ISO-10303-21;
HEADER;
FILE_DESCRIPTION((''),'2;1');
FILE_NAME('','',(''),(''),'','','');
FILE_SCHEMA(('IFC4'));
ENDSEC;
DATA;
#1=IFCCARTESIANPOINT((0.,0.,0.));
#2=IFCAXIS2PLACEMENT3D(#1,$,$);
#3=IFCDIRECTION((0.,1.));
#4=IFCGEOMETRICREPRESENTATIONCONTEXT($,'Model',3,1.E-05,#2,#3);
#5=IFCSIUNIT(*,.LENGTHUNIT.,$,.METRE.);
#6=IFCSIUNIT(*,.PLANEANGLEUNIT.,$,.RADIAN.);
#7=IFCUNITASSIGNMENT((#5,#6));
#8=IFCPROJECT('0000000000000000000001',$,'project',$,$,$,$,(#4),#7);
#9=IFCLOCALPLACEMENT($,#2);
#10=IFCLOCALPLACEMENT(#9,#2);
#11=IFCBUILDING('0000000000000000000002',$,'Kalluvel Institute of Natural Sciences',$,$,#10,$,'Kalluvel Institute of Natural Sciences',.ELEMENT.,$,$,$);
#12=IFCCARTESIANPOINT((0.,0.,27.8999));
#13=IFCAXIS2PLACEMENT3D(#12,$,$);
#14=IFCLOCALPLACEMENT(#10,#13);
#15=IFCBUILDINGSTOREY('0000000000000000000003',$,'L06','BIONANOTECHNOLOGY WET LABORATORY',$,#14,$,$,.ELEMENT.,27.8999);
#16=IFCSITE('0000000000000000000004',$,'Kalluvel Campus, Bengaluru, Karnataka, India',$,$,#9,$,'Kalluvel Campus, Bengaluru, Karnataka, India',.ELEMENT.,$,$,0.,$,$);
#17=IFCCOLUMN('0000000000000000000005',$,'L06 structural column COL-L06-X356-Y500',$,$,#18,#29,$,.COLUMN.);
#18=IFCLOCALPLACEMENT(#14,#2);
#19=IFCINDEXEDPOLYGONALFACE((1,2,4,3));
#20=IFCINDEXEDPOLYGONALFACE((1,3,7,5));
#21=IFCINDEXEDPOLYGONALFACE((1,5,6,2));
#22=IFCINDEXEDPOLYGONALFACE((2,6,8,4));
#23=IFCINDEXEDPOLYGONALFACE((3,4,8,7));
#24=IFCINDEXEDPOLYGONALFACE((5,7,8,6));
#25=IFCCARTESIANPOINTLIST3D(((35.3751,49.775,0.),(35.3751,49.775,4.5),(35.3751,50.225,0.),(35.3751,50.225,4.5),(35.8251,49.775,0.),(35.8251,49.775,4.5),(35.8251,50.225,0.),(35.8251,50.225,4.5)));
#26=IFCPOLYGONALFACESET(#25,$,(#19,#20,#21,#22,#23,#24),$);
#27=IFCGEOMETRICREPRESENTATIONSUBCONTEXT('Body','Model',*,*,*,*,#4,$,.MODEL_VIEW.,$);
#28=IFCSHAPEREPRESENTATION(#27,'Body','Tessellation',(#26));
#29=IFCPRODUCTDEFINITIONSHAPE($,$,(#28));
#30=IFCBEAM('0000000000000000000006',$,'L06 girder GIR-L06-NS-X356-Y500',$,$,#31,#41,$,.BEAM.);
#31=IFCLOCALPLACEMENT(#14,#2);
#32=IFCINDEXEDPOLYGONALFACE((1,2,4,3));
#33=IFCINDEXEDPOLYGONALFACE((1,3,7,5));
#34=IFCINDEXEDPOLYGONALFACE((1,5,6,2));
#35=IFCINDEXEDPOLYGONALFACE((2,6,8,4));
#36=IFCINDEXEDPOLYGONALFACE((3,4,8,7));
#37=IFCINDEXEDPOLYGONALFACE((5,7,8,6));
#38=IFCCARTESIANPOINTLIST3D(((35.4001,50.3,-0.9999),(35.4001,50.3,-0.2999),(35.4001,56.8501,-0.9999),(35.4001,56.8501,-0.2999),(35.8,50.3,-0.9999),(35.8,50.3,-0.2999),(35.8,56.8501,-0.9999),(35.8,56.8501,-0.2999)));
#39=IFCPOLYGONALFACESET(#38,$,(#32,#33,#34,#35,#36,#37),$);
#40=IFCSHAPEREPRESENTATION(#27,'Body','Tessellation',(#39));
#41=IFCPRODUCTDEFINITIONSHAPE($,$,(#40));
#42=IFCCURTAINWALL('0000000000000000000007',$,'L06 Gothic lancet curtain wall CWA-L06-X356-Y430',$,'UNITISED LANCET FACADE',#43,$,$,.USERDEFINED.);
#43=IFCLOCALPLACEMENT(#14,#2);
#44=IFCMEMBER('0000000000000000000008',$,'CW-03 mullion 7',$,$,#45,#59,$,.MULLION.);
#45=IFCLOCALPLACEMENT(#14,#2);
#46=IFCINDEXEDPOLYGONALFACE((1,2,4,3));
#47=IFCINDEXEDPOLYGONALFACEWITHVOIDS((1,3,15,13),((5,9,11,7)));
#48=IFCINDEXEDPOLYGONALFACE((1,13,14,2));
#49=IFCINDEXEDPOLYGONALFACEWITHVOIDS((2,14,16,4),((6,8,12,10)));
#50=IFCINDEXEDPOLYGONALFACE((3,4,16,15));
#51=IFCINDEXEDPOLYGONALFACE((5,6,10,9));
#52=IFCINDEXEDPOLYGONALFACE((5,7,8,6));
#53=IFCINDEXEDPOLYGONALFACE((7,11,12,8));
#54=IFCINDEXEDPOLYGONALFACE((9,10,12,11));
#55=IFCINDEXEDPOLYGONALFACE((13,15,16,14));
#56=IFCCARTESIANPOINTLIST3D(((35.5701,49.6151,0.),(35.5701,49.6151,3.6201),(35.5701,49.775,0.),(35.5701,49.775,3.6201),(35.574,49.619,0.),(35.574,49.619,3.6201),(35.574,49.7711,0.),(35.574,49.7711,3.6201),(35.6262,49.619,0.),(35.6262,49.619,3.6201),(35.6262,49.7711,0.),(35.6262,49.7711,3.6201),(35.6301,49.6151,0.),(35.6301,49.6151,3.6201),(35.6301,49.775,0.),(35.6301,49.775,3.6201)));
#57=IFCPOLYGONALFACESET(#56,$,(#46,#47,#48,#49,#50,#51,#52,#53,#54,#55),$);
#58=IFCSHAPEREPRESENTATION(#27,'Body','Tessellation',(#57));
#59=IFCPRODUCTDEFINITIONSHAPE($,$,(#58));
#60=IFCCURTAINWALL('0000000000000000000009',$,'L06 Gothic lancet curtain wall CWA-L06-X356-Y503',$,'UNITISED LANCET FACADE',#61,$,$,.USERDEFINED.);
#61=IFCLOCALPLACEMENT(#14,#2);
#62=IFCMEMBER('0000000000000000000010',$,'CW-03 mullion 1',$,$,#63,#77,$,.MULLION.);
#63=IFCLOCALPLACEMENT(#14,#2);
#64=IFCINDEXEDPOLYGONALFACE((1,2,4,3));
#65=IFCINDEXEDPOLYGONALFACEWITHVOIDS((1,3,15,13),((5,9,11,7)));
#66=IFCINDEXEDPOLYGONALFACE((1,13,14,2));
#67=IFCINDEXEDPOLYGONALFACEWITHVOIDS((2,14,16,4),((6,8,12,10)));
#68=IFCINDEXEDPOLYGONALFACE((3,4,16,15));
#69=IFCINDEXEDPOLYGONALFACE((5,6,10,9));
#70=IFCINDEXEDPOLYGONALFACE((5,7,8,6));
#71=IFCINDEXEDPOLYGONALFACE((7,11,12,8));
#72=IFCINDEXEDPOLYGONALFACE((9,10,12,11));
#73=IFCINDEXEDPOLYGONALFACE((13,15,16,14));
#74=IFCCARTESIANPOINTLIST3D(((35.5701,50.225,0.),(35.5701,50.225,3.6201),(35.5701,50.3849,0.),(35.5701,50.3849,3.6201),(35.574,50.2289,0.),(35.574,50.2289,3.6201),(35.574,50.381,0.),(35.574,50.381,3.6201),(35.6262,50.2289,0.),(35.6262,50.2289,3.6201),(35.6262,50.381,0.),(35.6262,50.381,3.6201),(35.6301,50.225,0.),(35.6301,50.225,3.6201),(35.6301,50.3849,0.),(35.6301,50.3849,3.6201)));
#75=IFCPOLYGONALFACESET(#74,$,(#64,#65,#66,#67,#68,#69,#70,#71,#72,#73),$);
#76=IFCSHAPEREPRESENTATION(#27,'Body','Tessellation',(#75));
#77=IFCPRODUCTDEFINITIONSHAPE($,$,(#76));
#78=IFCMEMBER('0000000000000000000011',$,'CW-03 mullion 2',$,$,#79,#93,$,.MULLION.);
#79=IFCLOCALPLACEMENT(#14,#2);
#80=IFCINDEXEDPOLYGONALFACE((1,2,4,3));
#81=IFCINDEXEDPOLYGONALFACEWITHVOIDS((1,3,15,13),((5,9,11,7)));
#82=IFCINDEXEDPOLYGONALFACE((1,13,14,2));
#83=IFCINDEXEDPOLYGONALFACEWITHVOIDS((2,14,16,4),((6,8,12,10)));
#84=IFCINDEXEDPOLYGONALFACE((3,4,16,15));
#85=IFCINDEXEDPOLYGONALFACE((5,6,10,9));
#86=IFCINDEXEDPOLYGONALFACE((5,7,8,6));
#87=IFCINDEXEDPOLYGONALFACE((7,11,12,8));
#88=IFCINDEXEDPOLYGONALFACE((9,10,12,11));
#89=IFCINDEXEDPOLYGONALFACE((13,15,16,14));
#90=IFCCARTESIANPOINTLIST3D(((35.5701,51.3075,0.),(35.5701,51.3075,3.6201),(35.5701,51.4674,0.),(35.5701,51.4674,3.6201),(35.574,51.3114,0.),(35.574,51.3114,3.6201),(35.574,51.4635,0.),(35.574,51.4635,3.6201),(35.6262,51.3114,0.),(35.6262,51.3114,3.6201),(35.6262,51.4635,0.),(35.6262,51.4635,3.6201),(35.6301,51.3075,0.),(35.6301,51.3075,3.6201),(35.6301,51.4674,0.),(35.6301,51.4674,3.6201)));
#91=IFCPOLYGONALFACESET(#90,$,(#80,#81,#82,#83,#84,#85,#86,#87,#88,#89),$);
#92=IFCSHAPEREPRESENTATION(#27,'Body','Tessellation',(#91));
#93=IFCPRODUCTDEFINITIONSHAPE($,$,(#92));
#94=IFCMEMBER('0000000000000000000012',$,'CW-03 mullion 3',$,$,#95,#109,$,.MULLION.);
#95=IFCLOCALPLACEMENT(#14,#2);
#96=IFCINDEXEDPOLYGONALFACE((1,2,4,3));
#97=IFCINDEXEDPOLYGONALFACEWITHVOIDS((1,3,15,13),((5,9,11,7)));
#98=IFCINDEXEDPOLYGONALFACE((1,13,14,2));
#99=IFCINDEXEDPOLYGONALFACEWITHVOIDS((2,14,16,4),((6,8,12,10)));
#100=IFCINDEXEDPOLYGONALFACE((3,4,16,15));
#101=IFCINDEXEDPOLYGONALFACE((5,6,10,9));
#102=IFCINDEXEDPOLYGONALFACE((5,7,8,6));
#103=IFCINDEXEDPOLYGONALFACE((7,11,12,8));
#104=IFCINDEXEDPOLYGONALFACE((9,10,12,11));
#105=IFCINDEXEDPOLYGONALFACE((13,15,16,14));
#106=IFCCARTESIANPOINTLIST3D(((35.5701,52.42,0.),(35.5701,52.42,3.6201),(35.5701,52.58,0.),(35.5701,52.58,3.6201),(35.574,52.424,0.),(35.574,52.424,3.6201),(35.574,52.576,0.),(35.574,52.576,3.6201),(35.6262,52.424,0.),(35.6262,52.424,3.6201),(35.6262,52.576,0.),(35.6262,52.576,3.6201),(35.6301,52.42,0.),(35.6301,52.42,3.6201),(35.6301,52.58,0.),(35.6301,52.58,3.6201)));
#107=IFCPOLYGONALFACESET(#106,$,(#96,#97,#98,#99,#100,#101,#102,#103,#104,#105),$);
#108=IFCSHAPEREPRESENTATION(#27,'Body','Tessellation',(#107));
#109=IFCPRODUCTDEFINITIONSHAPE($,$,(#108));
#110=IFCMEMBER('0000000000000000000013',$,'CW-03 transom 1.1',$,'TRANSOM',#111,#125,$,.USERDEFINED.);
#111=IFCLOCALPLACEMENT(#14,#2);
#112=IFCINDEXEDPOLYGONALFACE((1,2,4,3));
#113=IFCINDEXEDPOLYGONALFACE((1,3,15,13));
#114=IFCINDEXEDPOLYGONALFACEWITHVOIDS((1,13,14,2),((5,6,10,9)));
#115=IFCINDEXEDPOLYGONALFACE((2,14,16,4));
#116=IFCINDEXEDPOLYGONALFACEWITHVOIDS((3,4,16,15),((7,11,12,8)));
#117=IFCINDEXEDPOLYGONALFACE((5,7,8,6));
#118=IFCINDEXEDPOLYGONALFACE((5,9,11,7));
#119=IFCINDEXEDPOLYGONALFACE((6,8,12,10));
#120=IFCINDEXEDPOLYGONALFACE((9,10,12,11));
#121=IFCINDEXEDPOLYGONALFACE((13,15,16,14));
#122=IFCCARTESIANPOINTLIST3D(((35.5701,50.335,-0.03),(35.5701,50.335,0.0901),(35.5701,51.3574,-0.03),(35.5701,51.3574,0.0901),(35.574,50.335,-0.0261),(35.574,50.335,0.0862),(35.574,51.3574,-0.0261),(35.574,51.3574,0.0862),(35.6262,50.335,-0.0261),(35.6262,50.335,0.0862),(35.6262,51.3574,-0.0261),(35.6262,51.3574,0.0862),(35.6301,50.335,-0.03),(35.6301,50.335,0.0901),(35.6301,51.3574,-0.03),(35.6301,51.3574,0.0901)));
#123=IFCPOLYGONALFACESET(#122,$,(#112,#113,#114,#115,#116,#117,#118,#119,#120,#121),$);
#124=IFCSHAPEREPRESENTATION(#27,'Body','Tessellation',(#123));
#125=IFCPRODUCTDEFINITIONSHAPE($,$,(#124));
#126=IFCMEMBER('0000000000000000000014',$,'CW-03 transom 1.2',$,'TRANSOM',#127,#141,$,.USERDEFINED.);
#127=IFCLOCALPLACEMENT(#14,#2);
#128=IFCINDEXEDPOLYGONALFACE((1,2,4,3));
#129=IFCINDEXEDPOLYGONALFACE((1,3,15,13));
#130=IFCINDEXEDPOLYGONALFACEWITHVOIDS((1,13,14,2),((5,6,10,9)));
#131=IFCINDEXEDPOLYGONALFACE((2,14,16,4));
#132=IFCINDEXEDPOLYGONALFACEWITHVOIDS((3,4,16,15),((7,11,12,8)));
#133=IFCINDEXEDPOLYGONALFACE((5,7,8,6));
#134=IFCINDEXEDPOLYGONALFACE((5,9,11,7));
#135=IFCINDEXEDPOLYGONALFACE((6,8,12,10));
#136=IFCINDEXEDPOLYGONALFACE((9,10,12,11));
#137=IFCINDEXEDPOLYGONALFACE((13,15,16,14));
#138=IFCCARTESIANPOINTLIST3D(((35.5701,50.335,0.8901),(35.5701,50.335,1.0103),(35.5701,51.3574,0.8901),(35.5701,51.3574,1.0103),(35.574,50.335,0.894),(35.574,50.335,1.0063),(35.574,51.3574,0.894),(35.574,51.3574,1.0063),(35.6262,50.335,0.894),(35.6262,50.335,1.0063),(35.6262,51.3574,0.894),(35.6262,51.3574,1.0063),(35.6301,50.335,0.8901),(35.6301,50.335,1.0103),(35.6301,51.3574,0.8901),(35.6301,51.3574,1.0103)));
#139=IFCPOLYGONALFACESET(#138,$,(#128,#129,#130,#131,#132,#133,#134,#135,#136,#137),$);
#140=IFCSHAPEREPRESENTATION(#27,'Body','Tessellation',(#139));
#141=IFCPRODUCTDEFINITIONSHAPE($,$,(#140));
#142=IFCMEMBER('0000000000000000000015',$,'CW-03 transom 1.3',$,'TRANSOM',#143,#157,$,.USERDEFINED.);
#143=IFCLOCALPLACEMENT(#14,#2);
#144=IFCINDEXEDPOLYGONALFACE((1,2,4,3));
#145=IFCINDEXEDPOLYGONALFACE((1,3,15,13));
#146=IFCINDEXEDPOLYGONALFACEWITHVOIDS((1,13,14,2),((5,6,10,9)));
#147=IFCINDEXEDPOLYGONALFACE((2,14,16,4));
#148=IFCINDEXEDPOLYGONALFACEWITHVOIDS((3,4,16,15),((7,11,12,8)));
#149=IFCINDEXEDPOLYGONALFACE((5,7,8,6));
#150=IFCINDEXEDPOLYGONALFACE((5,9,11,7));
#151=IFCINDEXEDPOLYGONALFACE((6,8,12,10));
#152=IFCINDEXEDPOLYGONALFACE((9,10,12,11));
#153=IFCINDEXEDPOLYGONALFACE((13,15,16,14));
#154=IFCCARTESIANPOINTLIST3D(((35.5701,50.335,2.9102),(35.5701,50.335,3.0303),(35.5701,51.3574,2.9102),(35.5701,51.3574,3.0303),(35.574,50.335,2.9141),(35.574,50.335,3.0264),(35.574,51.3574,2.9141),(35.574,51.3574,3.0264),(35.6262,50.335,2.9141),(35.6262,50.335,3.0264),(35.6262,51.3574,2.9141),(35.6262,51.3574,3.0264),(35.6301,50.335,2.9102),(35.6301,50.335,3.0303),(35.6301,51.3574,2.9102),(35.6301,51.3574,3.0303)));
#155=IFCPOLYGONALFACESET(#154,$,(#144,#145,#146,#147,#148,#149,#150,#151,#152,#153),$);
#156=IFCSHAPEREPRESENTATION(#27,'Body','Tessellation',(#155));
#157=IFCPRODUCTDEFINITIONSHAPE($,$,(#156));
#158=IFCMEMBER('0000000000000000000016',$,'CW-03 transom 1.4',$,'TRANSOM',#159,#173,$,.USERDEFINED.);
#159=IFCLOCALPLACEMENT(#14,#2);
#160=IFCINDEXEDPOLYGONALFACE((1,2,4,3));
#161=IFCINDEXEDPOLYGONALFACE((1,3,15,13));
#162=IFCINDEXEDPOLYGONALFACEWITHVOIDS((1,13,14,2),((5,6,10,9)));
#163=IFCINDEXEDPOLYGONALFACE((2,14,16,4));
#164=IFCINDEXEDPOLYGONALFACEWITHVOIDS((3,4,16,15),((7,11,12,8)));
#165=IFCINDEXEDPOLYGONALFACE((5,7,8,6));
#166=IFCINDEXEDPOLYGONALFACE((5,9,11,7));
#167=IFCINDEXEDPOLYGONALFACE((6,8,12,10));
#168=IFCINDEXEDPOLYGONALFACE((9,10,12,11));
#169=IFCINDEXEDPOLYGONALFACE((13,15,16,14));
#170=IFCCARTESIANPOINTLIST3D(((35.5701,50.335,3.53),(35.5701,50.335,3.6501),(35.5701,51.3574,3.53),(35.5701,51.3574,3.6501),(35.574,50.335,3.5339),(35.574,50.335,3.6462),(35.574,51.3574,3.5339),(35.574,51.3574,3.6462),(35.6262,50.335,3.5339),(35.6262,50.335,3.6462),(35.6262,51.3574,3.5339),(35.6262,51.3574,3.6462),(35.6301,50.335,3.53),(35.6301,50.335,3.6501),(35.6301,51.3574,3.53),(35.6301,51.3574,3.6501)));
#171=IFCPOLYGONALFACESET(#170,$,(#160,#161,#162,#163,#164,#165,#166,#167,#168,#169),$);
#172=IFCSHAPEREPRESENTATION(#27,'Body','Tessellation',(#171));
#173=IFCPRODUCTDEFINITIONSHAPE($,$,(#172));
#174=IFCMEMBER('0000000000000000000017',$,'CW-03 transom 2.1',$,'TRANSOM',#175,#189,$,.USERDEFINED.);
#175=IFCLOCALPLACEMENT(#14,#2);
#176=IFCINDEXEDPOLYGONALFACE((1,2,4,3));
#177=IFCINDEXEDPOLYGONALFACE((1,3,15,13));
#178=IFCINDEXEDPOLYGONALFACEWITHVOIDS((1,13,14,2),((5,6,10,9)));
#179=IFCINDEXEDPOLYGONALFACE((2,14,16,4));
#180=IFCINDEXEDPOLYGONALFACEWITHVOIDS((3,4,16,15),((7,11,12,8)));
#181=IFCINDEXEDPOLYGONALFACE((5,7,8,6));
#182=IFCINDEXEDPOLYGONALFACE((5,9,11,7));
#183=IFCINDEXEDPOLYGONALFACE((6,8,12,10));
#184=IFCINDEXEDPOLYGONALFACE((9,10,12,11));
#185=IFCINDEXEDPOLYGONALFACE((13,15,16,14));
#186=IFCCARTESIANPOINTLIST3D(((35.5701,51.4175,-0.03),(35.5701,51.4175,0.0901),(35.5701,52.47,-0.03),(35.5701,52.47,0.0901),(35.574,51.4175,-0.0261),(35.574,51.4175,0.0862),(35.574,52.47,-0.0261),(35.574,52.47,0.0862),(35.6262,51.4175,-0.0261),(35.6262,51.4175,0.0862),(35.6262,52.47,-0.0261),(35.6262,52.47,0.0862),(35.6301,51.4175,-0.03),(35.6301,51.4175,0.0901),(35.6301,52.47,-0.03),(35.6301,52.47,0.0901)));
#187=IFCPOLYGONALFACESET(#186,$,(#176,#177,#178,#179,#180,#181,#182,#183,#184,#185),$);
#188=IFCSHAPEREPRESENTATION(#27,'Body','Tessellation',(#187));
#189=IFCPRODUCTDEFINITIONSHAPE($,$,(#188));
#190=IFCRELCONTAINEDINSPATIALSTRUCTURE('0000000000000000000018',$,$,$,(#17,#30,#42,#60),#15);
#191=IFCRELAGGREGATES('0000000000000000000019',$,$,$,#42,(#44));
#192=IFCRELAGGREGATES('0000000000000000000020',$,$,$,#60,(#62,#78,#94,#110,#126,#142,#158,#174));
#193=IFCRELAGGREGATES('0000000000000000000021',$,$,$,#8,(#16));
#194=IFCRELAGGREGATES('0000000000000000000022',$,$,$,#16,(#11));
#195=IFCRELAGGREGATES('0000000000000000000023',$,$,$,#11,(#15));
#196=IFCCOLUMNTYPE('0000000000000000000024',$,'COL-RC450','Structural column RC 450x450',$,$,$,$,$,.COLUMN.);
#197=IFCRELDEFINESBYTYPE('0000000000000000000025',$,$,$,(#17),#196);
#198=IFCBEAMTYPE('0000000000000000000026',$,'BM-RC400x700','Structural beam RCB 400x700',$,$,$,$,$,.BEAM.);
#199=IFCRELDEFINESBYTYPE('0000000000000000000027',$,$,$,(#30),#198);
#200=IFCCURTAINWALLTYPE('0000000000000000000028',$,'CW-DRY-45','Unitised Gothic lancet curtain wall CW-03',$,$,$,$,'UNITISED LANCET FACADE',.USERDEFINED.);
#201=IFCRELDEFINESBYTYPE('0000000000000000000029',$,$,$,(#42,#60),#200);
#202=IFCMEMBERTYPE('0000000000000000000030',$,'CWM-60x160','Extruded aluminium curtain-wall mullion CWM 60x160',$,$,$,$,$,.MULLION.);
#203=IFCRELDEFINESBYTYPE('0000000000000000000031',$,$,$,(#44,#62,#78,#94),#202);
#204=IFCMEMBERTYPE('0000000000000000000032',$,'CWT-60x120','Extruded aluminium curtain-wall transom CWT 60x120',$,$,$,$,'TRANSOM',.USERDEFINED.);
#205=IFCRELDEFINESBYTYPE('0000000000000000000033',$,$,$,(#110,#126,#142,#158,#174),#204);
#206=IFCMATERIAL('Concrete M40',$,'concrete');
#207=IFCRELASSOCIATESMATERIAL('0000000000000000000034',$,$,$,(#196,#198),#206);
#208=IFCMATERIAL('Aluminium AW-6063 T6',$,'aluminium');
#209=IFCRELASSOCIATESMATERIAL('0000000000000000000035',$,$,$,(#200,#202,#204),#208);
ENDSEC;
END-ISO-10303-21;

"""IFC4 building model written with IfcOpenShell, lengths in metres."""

from ifc_helpers import new_model, si_unit, direction, frame, origin, origin_2d, place, context, subcontext, project, spatial, rectangle, hollow_rectangle, extrude, material, material_profile, profile_set, type_object, element, aggregate, save


model = new_model("IFC4")

# Units and contexts
model_context = context("Model", 3, precision=1e-05, world=origin(), true_north=direction((0.0, 1.0)))
body_context = subcontext(model_context, "Body", "Model", "MODEL_VIEW")
ifc_project = project(units=[si_unit("LENGTHUNIT", "METRE"), si_unit("PLANEANGLEUNIT", "RADIAN")], contexts=[model_context])

# Site, building, storey
site_placement = place(None, origin())
site = spatial("IfcSite", under=ifc_project, at=site_placement, Name="Kalluvel Campus, Bengaluru, Karnataka, India", LongName="Kalluvel Campus, Bengaluru, Karnataka, India", CompositionType="ELEMENT", RefElevation=0.0)
building_placement = place(site_placement, origin())
building = spatial("IfcBuilding", under=site, at=building_placement, Name="Kalluvel Institute of Natural Sciences", LongName="Kalluvel Institute of Natural Sciences", CompositionType="ELEMENT")
storey_placement = place(building_placement, frame((0.0, 0.0, 27.8999)))
storey = spatial("IfcBuildingStorey", under=building, at=storey_placement, Name="L06", Description="BIONANOTECHNOLOGY WET LABORATORY", CompositionType="ELEMENT", Elevation=27.8999)

# Column
ifc_material_1 = material(Name="Concrete M40", Category="concrete")
ifc_material_profile_1 = material_profile(ifc_material_1, rectangle(XDim=0.45, YDim=0.45, at=origin_2d()), Name="RC 450x450")
ifc_profile_set_1 = profile_set([ifc_material_profile_1], Name="Concrete M40")
column_type = type_object("IfcColumnType", Name="COL-RC450", Description="Structural column RC 450x450", PredefinedType="COLUMN", material=ifc_profile_set_1)
column_placement = place(storey_placement, frame((35.6001, 50.0, 0.0), z_axis=(0.0, 0.0, 1.0), x_axis=(1.0, 0.0, 0.0)))
element("IfcColumn", 1, at=column_placement, inside=storey, type_object=column_type, Name="L06 structural column COL-L06-X356-Y500", PredefinedType="COLUMN", context=body_context, shape_type="SweptSolid", body=[
    extrude(rectangle(XDim=0.45, YDim=0.45, at=origin_2d()), origin(), (0.0, 0.0, 1.0), 4.5),
])

# Beam
ifc_material_profile_2 = material_profile(ifc_material_1, rectangle(XDim=0.3999, YDim=0.7, at=origin_2d()), Name="RCB 400x700")
ifc_profile_set_2 = profile_set([ifc_material_profile_2], Name="Concrete M40")
beam_type = type_object("IfcBeamType", Name="BM-RC400x700", Description="Structural beam RCB 400x700", PredefinedType="BEAM", material=ifc_profile_set_2)
beam_placement = place(storey_placement, frame((35.6001, 50.3, -0.6499), z_axis=(0.0, 1.0, 0.0), x_axis=(-1.0, 0.0, 0.0)))
element("IfcBeam", 2, at=beam_placement, inside=storey, type_object=beam_type, Name="L06 girder GIR-L06-NS-X356-Y500", PredefinedType="BEAM", context=body_context, shape_type="SweptSolid", body=[
    extrude(rectangle(XDim=0.3999, YDim=0.7, at=origin_2d()), origin(), (0.0, 0.0, 1.0), 6.55),
])

# Curtain wall, member
ifc_material_2 = material(Name="Aluminium AW-6063 T6", Category="aluminium")
curtain_wall_type = type_object("IfcCurtainWallType", Name="CW-DRY-45", Description="Unitised Gothic lancet curtain wall CW-03", ElementType="UNITISED LANCET FACADE", PredefinedType="USERDEFINED", material=ifc_material_2)
curtain_wall_1_placement = place(storey_placement, origin())
curtain_wall_1 = element("IfcCurtainWall", 3, at=curtain_wall_1_placement, inside=storey, type_object=curtain_wall_type, Name="L06 Gothic lancet curtain wall CWA-L06-X356-Y430", ObjectType="UNITISED LANCET FACADE", PredefinedType="USERDEFINED")
ifc_material_profile_3 = material_profile(ifc_material_2, hollow_rectangle(XDim=0.0601, YDim=0.1599, WallThickness=0.0039, at=origin_2d()), Name="CWM 60x160")
ifc_profile_set_3 = profile_set([ifc_material_profile_3], Name="Aluminium AW-6063 T6")
member_type_1 = type_object("IfcMemberType", Name="CWM-60x160", Description="Extruded aluminium curtain-wall mullion CWM 60x160", PredefinedType="MULLION", material=ifc_profile_set_3)
member_1_placement = place(storey_placement, frame((35.6001, 49.6951, 0.0), z_axis=(0.0, 0.0, 1.0), x_axis=(-1.0, 0.0, 0.0)))
member_1 = element("IfcMember", 4, at=member_1_placement, type_object=member_type_1, Name="CW-03 mullion 7", PredefinedType="MULLION", context=body_context, shape_type="SweptSolid", body=[
    extrude(hollow_rectangle(XDim=0.0601, YDim=0.1599, WallThickness=0.0039, at=origin_2d()), origin(), (0.0, 0.0, 1.0), 3.6201),
])

# Curtain wall, members
curtain_wall_2_placement = place(storey_placement, origin())
curtain_wall_2 = element("IfcCurtainWall", 5, at=curtain_wall_2_placement, inside=storey, type_object=curtain_wall_type, Name="L06 Gothic lancet curtain wall CWA-L06-X356-Y503", ObjectType="UNITISED LANCET FACADE", PredefinedType="USERDEFINED")
member_2_placement = place(storey_placement, frame((35.6001, 50.3049, 0.0), z_axis=(0.0, 0.0, 1.0), x_axis=(-1.0, 0.0, 0.0)))
member_2 = element("IfcMember", 6, at=member_2_placement, type_object=member_type_1, Name="CW-03 mullion 1", PredefinedType="MULLION", context=body_context, shape_type="SweptSolid", body=[
    extrude(hollow_rectangle(XDim=0.0601, YDim=0.1599, WallThickness=0.0039, at=origin_2d()), origin(), (0.0, 0.0, 1.0), 3.6201),
])
member_3_placement = place(storey_placement, frame((35.6001, 51.3875, 0.0), z_axis=(0.0, 0.0, 1.0), x_axis=(-1.0, 0.0, 0.0)))
member_3 = element("IfcMember", 7, at=member_3_placement, type_object=member_type_1, Name="CW-03 mullion 2", PredefinedType="MULLION", context=body_context, shape_type="SweptSolid", body=[
    extrude(hollow_rectangle(XDim=0.0601, YDim=0.1599, WallThickness=0.0039, at=origin_2d()), origin(), (0.0, 0.0, 1.0), 3.6201),
])
member_4_placement = place(storey_placement, frame((35.6001, 52.5, 0.0), z_axis=(0.0, 0.0, 1.0), x_axis=(-1.0, 0.0, 0.0)))
member_4 = element("IfcMember", 8, at=member_4_placement, type_object=member_type_1, Name="CW-03 mullion 3", PredefinedType="MULLION", context=body_context, shape_type="SweptSolid", body=[
    extrude(hollow_rectangle(XDim=0.0601, YDim=0.1599, WallThickness=0.0039, at=origin_2d()), origin(), (0.0, 0.0, 1.0), 3.6201),
])
ifc_material_profile_4 = material_profile(ifc_material_2, hollow_rectangle(XDim=0.0601, YDim=0.1201, WallThickness=0.0039, at=origin_2d()), Name="CWT 60x120")
ifc_profile_set_4 = profile_set([ifc_material_profile_4], Name="Aluminium AW-6063 T6")
member_type_2 = type_object("IfcMemberType", Name="CWT-60x120", Description="Extruded aluminium curtain-wall transom CWT 60x120", ElementType="TRANSOM", PredefinedType="USERDEFINED", material=ifc_profile_set_4)
member_5_placement = place(storey_placement, frame((35.6001, 50.335, 0.03), z_axis=(0.0, 1.0, 0.0), x_axis=(-1.0, 0.0, 0.0)))
member_5 = element("IfcMember", 9, at=member_5_placement, type_object=member_type_2, Name="CW-03 transom 1.1", ObjectType="TRANSOM", PredefinedType="USERDEFINED", context=body_context, shape_type="SweptSolid", body=[
    extrude(hollow_rectangle(XDim=0.0601, YDim=0.1201, WallThickness=0.0039, at=origin_2d()), origin(), (0.0, 0.0, 1.0), 1.0225),
])
member_6_placement = place(storey_placement, frame((35.6001, 50.335, 0.9502), z_axis=(0.0, 1.0, 0.0), x_axis=(-1.0, 0.0, 0.0)))
member_6 = element("IfcMember", 10, at=member_6_placement, type_object=member_type_2, Name="CW-03 transom 1.2", ObjectType="TRANSOM", PredefinedType="USERDEFINED", context=body_context, shape_type="SweptSolid", body=[
    extrude(hollow_rectangle(XDim=0.0601, YDim=0.1201, WallThickness=0.0039, at=origin_2d()), origin(), (0.0, 0.0, 1.0), 1.0225),
])
member_7_placement = place(storey_placement, frame((35.6001, 50.335, 2.9702), z_axis=(0.0, 1.0, 0.0), x_axis=(-1.0, 0.0, 0.0)))
member_7 = element("IfcMember", 11, at=member_7_placement, type_object=member_type_2, Name="CW-03 transom 1.3", ObjectType="TRANSOM", PredefinedType="USERDEFINED", context=body_context, shape_type="SweptSolid", body=[
    extrude(hollow_rectangle(XDim=0.0601, YDim=0.1201, WallThickness=0.0039, at=origin_2d()), origin(), (0.0, 0.0, 1.0), 1.0225),
])
member_8_placement = place(storey_placement, frame((35.6001, 50.335, 3.5901), z_axis=(0.0, 1.0, 0.0), x_axis=(-1.0, 0.0, 0.0)))
member_8 = element("IfcMember", 12, at=member_8_placement, type_object=member_type_2, Name="CW-03 transom 1.4", ObjectType="TRANSOM", PredefinedType="USERDEFINED", context=body_context, shape_type="SweptSolid", body=[
    extrude(hollow_rectangle(XDim=0.0601, YDim=0.1201, WallThickness=0.0039, at=origin_2d()), origin(), (0.0, 0.0, 1.0), 1.0225),
])
member_9_placement = place(storey_placement, frame((35.6001, 51.4175, 0.03), z_axis=(0.0, 1.0, 0.0), x_axis=(-1.0, 0.0, 0.0)))
member_9 = element("IfcMember", 13, at=member_9_placement, type_object=member_type_2, Name="CW-03 transom 2.1", ObjectType="TRANSOM", PredefinedType="USERDEFINED", context=body_context, shape_type="SweptSolid", body=[
    extrude(hollow_rectangle(XDim=0.0601, YDim=0.1201, WallThickness=0.0039, at=origin_2d()), origin(), (0.0, 0.0, 1.0), 1.0525),
])

aggregate(curtain_wall_1, [member_1])
aggregate(curtain_wall_2, [member_2, member_3, member_4, member_5, member_6, member_7, member_8, member_9])

save(model, "model.ifc")
